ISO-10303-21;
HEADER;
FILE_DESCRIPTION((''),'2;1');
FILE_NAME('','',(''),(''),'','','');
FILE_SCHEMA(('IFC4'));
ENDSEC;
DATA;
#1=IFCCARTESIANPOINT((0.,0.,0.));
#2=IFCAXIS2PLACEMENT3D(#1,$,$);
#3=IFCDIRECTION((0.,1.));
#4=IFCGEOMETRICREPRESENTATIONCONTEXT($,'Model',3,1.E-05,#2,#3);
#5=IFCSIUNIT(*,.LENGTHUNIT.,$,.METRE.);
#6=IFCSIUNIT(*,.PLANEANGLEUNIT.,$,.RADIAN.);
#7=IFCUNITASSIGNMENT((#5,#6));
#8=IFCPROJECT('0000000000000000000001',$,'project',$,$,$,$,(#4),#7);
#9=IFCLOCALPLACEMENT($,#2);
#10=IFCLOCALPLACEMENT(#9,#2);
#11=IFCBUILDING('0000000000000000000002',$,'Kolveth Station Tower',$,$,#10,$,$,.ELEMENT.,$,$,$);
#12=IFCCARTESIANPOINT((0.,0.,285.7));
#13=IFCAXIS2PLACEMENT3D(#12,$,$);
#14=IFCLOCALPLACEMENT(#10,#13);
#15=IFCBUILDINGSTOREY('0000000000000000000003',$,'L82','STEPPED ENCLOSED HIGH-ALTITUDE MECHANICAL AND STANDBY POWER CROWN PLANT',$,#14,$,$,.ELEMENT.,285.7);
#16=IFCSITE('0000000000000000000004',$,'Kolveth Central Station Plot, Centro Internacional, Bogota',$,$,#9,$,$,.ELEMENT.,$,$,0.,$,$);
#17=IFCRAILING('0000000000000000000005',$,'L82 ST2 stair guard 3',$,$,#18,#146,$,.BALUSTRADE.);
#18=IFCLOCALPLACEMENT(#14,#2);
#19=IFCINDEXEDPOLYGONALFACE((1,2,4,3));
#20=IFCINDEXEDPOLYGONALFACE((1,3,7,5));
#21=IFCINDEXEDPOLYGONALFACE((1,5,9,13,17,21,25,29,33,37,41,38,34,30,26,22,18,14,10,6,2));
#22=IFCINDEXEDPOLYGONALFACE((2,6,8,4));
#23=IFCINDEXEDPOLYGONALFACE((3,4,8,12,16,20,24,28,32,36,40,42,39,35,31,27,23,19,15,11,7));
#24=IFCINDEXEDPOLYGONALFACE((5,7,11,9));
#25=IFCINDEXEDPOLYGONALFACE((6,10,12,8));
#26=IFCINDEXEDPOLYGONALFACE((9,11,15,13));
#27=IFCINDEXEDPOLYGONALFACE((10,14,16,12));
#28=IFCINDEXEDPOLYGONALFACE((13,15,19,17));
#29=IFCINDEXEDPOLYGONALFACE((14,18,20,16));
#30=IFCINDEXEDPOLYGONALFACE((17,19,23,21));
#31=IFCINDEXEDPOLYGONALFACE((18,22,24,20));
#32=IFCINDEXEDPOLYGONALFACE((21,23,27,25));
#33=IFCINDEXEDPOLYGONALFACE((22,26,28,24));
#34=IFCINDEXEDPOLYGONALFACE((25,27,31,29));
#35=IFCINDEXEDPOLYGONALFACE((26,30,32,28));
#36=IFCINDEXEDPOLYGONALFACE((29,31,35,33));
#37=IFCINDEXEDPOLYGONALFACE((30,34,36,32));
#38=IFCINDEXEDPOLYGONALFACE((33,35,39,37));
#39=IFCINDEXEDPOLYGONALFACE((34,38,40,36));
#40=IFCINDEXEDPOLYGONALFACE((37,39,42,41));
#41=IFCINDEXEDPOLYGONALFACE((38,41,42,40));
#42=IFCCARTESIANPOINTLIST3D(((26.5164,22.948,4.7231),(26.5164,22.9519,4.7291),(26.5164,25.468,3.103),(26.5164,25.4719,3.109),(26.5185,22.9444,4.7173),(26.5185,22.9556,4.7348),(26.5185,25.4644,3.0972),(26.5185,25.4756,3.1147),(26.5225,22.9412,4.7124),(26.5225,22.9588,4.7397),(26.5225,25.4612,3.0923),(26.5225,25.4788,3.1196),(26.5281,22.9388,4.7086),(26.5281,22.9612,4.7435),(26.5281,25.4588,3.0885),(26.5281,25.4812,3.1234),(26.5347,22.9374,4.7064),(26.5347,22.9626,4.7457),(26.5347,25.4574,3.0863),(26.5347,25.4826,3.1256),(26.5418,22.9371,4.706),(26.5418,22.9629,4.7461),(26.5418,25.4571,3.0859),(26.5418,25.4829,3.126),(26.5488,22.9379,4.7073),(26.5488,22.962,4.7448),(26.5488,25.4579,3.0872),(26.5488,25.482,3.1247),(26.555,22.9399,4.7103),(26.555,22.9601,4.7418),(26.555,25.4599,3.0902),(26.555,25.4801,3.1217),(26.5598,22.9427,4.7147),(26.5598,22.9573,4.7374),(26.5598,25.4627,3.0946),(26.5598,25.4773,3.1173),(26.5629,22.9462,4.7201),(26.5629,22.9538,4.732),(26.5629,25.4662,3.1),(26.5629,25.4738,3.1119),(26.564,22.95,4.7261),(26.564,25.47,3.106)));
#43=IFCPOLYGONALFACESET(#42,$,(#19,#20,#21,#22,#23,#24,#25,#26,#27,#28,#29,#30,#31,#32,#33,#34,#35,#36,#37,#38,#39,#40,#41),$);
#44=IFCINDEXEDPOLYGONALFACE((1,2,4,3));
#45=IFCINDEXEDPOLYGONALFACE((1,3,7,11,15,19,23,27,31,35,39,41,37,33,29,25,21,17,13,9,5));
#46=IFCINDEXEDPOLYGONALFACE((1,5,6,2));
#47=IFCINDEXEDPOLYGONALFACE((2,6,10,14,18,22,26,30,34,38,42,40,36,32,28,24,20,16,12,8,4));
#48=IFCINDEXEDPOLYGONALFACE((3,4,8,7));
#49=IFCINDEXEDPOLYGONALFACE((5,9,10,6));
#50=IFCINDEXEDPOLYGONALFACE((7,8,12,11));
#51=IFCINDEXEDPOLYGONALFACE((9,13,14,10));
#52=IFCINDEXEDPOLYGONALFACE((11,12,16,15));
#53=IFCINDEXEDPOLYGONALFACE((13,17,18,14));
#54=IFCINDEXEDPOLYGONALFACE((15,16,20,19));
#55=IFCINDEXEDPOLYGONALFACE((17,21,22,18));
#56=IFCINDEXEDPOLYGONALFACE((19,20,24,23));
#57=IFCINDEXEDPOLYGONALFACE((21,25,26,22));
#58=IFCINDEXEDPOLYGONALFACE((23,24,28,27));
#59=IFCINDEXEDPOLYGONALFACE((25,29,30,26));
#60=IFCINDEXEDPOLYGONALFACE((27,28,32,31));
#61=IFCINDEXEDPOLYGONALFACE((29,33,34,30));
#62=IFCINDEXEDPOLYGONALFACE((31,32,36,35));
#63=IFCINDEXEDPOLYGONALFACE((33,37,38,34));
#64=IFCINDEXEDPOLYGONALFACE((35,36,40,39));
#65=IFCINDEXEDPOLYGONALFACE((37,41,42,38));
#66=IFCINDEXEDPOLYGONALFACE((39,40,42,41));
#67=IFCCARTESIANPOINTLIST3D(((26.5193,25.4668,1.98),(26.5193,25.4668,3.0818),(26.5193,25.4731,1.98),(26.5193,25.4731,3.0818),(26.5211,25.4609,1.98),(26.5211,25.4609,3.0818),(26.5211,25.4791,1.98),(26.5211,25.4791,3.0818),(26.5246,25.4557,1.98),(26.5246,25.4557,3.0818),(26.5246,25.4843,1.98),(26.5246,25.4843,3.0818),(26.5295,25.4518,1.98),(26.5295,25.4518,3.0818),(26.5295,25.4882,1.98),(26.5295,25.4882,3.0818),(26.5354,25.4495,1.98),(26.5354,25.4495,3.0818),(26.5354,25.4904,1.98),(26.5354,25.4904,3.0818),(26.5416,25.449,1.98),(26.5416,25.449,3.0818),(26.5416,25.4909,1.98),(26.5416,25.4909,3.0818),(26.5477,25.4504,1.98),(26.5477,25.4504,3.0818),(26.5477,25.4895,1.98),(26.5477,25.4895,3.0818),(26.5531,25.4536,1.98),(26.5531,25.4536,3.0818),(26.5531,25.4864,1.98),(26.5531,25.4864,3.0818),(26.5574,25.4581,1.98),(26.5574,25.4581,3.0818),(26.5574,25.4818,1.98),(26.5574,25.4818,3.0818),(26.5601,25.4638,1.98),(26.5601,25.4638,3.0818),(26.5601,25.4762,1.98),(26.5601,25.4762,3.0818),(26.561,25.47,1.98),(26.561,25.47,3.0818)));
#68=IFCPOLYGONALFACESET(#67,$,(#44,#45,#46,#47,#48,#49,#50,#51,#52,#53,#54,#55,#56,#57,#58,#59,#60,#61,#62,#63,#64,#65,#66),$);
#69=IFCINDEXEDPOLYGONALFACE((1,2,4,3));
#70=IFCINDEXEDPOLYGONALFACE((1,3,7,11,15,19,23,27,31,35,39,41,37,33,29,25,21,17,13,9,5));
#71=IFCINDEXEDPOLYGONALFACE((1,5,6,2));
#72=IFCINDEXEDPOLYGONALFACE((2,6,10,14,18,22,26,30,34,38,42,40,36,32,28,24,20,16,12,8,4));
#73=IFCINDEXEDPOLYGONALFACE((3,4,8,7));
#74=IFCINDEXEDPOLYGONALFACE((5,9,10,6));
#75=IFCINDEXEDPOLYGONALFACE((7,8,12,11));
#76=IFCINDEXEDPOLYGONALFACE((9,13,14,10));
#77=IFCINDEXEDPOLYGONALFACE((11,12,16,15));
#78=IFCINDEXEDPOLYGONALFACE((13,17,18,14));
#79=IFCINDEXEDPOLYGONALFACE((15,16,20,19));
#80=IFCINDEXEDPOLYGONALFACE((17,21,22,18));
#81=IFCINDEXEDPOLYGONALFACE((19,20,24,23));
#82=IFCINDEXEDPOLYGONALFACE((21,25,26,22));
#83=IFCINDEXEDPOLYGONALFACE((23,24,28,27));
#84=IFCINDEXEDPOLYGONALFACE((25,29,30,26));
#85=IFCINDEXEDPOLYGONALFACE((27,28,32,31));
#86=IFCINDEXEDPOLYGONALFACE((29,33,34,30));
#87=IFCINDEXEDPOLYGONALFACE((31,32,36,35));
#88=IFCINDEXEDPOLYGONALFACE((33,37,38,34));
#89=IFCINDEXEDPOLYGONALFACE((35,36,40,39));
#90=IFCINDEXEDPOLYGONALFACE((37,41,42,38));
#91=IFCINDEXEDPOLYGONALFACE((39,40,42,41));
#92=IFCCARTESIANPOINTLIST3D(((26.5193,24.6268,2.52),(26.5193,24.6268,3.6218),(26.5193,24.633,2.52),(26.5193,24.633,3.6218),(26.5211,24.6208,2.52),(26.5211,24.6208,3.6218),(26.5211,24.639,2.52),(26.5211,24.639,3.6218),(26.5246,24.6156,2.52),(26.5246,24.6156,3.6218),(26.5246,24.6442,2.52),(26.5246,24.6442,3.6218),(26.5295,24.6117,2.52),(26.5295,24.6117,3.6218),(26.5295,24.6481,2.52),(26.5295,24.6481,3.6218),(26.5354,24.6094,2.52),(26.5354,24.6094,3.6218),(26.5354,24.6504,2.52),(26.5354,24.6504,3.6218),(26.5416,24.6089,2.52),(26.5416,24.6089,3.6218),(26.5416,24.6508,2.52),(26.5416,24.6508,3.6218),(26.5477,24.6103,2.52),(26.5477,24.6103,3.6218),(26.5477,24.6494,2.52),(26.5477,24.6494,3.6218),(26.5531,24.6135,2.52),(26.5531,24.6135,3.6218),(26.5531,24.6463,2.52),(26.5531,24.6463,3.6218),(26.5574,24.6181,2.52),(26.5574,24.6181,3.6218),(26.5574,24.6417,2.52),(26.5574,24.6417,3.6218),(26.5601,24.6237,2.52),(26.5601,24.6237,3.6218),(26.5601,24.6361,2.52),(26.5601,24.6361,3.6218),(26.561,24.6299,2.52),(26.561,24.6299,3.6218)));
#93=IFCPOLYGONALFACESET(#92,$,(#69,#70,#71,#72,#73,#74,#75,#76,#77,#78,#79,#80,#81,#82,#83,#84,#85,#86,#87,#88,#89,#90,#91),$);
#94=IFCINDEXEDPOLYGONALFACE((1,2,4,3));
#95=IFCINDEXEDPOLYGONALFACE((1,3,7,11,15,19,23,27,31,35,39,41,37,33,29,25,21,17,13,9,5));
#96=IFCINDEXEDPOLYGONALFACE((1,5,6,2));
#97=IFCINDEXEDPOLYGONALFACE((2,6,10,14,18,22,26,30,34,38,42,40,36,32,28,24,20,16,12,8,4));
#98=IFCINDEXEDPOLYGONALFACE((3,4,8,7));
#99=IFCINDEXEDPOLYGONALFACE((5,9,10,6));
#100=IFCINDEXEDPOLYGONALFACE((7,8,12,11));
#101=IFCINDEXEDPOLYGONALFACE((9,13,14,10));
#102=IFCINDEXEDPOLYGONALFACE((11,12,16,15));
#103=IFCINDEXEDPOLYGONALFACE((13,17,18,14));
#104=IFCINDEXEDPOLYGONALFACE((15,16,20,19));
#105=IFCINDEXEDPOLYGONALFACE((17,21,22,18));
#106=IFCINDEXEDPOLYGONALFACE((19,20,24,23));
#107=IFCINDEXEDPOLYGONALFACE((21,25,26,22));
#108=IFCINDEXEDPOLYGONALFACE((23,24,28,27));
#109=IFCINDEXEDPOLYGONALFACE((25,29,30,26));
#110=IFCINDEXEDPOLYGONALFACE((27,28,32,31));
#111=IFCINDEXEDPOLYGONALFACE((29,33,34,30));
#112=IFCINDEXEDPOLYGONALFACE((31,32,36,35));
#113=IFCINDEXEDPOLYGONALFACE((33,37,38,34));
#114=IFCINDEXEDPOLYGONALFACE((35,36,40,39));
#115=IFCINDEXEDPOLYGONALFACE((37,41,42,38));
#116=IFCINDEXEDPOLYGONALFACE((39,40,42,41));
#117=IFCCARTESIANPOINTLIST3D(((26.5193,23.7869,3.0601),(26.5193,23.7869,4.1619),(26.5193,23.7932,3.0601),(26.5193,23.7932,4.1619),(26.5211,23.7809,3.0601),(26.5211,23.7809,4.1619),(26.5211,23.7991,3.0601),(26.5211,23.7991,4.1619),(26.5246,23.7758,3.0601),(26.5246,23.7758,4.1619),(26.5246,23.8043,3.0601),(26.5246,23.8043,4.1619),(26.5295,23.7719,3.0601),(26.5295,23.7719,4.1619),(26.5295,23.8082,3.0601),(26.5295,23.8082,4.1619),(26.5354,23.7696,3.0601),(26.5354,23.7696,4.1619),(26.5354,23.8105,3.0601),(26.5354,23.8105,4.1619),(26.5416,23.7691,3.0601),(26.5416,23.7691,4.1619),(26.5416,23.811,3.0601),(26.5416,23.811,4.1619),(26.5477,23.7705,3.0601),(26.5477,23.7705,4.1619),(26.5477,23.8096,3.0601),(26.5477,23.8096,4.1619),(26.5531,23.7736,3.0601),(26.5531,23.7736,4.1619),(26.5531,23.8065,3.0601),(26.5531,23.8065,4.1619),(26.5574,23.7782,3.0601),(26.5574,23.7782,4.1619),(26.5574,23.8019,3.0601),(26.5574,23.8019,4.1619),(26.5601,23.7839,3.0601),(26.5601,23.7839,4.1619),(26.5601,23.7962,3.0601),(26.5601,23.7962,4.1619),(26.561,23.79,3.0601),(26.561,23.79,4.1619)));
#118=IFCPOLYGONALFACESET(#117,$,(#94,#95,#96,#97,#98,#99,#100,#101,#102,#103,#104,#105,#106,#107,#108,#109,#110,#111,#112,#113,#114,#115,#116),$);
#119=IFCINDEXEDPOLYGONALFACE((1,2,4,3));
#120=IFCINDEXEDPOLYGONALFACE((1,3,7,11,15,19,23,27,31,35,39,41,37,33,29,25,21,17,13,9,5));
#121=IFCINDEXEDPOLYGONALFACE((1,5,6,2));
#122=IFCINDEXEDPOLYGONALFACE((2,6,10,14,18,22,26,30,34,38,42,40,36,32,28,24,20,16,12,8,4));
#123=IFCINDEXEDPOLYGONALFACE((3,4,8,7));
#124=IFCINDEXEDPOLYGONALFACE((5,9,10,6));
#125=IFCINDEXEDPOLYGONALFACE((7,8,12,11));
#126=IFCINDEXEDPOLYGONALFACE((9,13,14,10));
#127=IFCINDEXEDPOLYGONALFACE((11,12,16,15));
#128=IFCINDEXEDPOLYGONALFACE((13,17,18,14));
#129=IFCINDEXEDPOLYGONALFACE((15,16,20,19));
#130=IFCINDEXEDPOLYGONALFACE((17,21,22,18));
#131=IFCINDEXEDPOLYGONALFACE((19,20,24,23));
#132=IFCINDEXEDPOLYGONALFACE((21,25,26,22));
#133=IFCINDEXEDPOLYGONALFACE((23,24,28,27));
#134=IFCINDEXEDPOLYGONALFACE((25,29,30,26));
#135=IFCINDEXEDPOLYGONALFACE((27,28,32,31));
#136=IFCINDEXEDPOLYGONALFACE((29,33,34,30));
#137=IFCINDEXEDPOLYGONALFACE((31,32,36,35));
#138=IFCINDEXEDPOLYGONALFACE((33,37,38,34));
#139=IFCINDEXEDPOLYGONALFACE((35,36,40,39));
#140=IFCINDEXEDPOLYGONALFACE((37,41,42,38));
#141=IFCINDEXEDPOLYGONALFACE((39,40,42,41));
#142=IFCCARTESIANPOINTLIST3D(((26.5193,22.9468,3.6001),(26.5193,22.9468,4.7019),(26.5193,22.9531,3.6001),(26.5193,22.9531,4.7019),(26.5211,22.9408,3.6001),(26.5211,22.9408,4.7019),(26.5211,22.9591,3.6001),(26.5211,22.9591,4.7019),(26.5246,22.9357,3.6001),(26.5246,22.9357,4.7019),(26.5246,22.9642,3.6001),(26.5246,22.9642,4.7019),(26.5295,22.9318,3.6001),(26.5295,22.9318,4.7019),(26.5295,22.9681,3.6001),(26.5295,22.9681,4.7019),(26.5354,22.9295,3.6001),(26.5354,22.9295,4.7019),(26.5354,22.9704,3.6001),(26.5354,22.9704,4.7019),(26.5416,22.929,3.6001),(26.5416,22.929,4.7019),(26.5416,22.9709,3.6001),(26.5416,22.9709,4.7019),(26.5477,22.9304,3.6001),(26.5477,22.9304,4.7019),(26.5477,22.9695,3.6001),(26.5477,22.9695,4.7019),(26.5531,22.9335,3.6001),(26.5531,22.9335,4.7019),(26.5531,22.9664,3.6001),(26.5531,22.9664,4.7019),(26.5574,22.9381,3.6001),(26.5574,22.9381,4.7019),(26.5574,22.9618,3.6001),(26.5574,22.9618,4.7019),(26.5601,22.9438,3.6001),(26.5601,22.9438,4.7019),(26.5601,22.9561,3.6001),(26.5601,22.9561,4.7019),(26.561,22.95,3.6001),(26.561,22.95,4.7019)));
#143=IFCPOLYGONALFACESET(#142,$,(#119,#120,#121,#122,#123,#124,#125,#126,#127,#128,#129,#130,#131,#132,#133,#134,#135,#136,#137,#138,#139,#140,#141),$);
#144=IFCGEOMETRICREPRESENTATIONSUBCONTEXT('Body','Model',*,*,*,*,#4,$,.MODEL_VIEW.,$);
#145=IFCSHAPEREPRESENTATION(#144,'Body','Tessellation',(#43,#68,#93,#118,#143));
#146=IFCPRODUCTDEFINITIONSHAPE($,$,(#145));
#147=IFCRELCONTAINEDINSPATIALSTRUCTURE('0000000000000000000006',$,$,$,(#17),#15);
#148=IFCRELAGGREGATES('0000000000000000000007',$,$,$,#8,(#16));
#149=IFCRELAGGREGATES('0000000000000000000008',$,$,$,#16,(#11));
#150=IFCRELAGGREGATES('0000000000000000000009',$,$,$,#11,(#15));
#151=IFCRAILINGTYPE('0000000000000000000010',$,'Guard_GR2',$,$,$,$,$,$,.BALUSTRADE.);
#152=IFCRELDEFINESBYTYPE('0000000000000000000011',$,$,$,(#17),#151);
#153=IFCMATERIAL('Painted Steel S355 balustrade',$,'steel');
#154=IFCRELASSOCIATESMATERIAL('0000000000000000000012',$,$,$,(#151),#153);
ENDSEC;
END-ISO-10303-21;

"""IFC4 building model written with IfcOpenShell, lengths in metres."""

from ifc_helpers import new_model, si_unit, direction, frame, origin, origin_2d, place, context, subcontext, project, spatial, circle, extrude, material, type_object, element, save


model = new_model("IFC4")

# Units and contexts
model_context = context("Model", 3, precision=1e-05, world=origin(), true_north=direction((0.0, 1.0)))
body_context = subcontext(model_context, "Body", "Model", "MODEL_VIEW")
ifc_project = project(units=[si_unit("LENGTHUNIT", "METRE"), si_unit("PLANEANGLEUNIT", "RADIAN")], contexts=[model_context])

# Site, building, storey
site_placement = place(None, origin())
site = spatial("IfcSite", under=ifc_project, at=site_placement, Name="Kolveth Central Station Plot, Centro Internacional, Bogota", CompositionType="ELEMENT", RefElevation=0.0)
building_placement = place(site_placement, origin())
building = spatial("IfcBuilding", under=site, at=building_placement, Name="Kolveth Station Tower", CompositionType="ELEMENT")
storey_placement = place(building_placement, frame((0.0, 0.0, 285.7)))
storey = spatial("IfcBuildingStorey", under=building, at=storey_placement, Name="L82", Description="STEPPED ENCLOSED HIGH-ALTITUDE MECHANICAL AND STANDBY POWER CROWN PLANT", CompositionType="ELEMENT", Elevation=285.7)

# Railing
ifc_material_1 = material(Name="Painted Steel S355 balustrade", Category="steel")
railing_type_1 = type_object("IfcRailingType", Name="Guard_GR2", PredefinedType="BALUSTRADE", material=ifc_material_1)
railing_1_placement = place(storey_placement, frame((26.54, 25.47, 1.98)))
element("IfcRailing", 1, at=railing_1_placement, inside=storey, type_object=railing_type_1, Name="L82 ST2 stair guard 3", PredefinedType="BALUSTRADE", context=body_context, shape_type="SweptSolid", body=[
    extrude(circle(Radius=0.0239, at=origin_2d()), frame((0.0, 0.0, 1.126), z_axis=(0.0, -0.841163, 0.540782), x_axis=(1.0, 0.0, 0.0)), (0.0, 0.0, 1.0), 2.9958),
    extrude(circle(Radius=0.021, at=origin_2d()), origin(), (0.0, 0.0, 1.0), 1.1018),
    extrude(circle(Radius=0.021, at=origin_2d()), frame((0.0, -0.8401, 0.54)), (0.0, 0.0, 1.0), 1.1018),
    extrude(circle(Radius=0.021, at=origin_2d()), frame((0.0, -1.6799, 1.0801)), (0.0, 0.0, 1.0), 1.1018),
    extrude(circle(Radius=0.021, at=origin_2d()), frame((0.0, -2.52, 1.6201)), (0.0, 0.0, 1.0), 1.1018),
])

save(model, "model.ifc")
